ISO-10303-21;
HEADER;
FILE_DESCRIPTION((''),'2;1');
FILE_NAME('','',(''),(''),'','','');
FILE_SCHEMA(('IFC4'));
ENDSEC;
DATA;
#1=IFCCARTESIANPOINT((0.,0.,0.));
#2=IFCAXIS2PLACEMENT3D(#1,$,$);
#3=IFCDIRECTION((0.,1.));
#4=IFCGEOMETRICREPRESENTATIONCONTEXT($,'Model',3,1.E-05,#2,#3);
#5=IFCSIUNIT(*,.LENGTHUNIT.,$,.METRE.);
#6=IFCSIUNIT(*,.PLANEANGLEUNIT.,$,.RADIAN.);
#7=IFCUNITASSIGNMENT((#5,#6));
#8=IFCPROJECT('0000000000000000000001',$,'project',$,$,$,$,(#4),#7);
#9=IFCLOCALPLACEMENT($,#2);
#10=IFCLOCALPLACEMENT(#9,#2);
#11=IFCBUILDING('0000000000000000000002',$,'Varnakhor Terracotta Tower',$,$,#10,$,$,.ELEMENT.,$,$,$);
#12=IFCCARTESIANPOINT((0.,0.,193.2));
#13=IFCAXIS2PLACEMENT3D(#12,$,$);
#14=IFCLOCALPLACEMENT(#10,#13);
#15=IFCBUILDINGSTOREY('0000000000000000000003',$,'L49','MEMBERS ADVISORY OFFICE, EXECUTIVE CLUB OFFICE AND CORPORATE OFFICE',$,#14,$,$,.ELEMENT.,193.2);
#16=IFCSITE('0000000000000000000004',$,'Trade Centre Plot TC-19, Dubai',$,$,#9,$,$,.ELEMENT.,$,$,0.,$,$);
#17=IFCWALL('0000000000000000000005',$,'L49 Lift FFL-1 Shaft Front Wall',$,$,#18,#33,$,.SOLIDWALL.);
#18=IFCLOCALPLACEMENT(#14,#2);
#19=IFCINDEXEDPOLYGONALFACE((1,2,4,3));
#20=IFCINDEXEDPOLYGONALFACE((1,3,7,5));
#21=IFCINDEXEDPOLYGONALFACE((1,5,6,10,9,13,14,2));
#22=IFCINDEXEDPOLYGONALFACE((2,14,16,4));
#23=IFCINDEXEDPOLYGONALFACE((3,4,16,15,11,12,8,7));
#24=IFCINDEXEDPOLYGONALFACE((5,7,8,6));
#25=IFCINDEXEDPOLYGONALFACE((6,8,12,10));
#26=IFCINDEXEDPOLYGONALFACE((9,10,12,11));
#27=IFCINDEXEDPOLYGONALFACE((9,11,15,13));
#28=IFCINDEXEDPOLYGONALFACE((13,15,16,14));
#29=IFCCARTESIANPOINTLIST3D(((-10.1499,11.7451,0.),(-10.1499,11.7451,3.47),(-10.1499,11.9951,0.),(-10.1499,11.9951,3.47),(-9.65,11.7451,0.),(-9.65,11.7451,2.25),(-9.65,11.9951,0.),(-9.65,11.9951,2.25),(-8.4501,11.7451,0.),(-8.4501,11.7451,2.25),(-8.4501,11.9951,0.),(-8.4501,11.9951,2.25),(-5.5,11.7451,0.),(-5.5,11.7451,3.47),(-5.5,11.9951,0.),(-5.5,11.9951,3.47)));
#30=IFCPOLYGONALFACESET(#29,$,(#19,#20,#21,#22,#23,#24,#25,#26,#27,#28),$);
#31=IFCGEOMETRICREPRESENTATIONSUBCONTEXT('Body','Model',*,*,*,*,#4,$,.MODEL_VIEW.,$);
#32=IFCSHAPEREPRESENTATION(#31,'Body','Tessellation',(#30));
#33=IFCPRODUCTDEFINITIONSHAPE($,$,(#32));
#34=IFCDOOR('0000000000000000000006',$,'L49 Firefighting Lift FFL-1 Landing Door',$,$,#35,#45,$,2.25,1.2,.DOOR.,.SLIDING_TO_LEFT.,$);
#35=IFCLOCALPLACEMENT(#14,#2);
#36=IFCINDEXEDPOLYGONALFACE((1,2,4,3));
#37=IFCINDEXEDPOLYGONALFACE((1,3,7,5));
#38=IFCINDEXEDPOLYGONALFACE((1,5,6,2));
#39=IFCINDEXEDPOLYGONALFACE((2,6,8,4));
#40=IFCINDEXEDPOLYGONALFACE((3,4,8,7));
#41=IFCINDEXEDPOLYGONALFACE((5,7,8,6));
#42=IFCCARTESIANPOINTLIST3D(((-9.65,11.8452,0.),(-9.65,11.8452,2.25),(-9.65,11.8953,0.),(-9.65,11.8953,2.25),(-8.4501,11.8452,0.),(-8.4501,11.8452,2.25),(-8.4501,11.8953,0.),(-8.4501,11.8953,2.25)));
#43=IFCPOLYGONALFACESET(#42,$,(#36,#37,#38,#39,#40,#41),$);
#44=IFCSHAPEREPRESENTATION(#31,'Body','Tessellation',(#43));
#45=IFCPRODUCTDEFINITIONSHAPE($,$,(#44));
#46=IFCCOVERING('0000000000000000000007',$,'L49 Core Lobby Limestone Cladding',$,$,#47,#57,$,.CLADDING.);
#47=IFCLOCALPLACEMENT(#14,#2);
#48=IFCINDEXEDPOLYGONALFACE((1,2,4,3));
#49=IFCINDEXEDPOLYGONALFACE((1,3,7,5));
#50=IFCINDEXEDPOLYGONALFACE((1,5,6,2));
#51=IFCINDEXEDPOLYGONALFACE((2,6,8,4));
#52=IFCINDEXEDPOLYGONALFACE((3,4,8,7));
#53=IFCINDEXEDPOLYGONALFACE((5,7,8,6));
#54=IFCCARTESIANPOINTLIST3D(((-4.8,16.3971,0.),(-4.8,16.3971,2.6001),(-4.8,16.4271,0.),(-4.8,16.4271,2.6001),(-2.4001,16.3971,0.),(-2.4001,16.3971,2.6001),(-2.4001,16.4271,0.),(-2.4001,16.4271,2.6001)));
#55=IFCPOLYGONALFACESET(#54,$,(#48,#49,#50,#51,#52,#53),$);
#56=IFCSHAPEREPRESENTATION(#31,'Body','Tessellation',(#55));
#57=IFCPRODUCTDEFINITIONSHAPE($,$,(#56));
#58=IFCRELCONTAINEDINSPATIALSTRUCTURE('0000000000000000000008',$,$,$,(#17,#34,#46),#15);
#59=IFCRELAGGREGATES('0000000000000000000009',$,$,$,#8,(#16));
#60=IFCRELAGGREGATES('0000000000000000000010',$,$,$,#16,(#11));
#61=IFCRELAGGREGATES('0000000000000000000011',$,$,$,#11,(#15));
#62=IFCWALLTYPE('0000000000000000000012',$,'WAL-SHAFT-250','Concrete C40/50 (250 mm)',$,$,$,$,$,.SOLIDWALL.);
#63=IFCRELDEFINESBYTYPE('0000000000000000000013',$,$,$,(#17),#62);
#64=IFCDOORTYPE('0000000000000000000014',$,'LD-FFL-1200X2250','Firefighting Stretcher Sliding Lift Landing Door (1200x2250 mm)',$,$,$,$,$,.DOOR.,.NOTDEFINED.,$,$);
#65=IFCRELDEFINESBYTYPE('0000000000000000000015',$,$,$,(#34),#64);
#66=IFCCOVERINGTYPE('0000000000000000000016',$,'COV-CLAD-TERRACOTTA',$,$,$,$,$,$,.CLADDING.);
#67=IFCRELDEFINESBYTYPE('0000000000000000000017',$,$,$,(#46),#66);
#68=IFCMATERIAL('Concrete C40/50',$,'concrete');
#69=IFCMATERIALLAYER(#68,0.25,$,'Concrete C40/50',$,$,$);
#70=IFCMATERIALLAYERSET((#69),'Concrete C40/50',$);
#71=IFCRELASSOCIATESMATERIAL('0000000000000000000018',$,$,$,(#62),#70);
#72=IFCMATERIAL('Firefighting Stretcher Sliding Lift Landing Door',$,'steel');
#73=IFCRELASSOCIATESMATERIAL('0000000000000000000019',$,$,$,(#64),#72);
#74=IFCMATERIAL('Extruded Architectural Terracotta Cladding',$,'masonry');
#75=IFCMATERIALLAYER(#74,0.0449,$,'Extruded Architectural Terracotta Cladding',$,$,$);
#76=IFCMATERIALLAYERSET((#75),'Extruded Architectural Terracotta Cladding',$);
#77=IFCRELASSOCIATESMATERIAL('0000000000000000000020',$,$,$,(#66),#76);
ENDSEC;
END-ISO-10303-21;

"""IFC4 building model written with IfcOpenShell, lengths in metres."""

from ifc_helpers import new_model, si_unit, direction, frame, frame_2d, origin, origin_2d, place, context, subcontext, project, spatial, rectangle, extrude, source, transform, mapped, material, layer, layer_set, type_object, type_shapes, element, fill, save


model = new_model("IFC4")

# Units and contexts
model_context = context("Model", 3, precision=1e-05, world=origin(), true_north=direction((0.0, 1.0)))
body_context = subcontext(model_context, "Body", "Model", "MODEL_VIEW")
ifc_project = project(units=[si_unit("LENGTHUNIT", "METRE"), si_unit("PLANEANGLEUNIT", "RADIAN")], contexts=[model_context])

# Site, building, storey
site_placement = place(None, origin())
site = spatial("IfcSite", under=ifc_project, at=site_placement, Name="Trade Centre Plot TC-19, Dubai", CompositionType="ELEMENT", RefElevation=0.0)
building_placement = place(site_placement, origin())
building = spatial("IfcBuilding", under=site, at=building_placement, Name="Varnakhor Terracotta Tower", CompositionType="ELEMENT")
storey_placement = place(building_placement, frame((0.0, 0.0, 193.2)))
storey = spatial("IfcBuildingStorey", under=building, at=storey_placement, Name="L49", Description="MEMBERS ADVISORY OFFICE, EXECUTIVE CLUB OFFICE AND CORPORATE OFFICE", CompositionType="ELEMENT", Elevation=193.2)

# Shared definitions
ifc_material_1 = material(Name="Concrete C40/50", Category="concrete")

# Wall, opening, door
ifc_layer_1 = layer(ifc_material_1, 0.25, Name="Concrete C40/50")
ifc_layer_set_1 = layer_set([ifc_layer_1], Name="Concrete C40/50")
wall_type_1 = type_object("IfcWallType", Name="WAL-SHAFT-250", Description="Concrete C40/50 (250 mm)", PredefinedType="SOLIDWALL", material=ifc_layer_set_1)
wall_1_placement = place(storey_placement, frame((-5.5, 11.8701, 0.0), z_axis=(0.0, 0.0, 1.0), x_axis=(-1.0, 0.0, 0.0)))
wall_1 = element("IfcWall", 1, at=wall_1_placement, inside=storey, type_object=wall_type_1, Name="L49 Lift FFL-1 Shaft Front Wall", PredefinedType="SOLIDWALL", context=body_context, shape_type="SweptSolid", body=[
    extrude(rectangle(XDim=4.6499, YDim=0.25, at=frame_2d((2.325, 0.0))), origin(), (0.0, 0.0, 1.0), 3.47),
])
opening_1_placement = place(wall_1_placement, frame((2.95, 0.0, 0.0)))
opening_1 = element("IfcOpeningElement", 2, at=opening_1_placement, cuts=wall_1, PredefinedType="OPENING", context=body_context, shape_type="SweptSolid", body=[
    extrude(rectangle(XDim=1.2, YDim=2.25, at=frame_2d((0.6001, 1.125))), frame((0.0, 0.135, 0.0), z_axis=(0.0, -1.0, 0.0), x_axis=(1.0, 0.0, 0.0)), (0.0, 0.0, 1.0), 0.27),
])
ifc_material_2 = material(Name="Firefighting Stretcher Sliding Lift Landing Door", Category="steel")
door_type_1 = type_object("IfcDoorType", Name="LD-FFL-1200X2250", Description="Firefighting Stretcher Sliding Lift Landing Door (1200x2250 mm)", OperationType="NOTDEFINED", PredefinedType="DOOR", material=ifc_material_2)
shared_shape_1 = source(origin(), body_context, "Body", "SweptSolid", [
    extrude(rectangle(XDim=1.2, YDim=2.25, at=frame_2d((0.6001, 1.125))), frame((0.0, 0.0249, 0.0), z_axis=(0.0, -1.0, 0.0), x_axis=(1.0, 0.0, 0.0)), (0.0, 0.0, 1.0), 0.05),
])
type_shapes(door_type_1, [shared_shape_1])
door_1_placement = place(opening_1_placement, origin())
door_1 = element("IfcDoor", 3, at=door_1_placement, inside=storey, type_object=door_type_1, Name="L49 Firefighting Lift FFL-1 Landing Door", OperationType="SLIDING_TO_LEFT", OverallHeight=2.25, OverallWidth=1.2, PredefinedType="DOOR", context=body_context, shape_type="MappedRepresentation", body=[
    mapped(shared_shape_1, transform((0.0, 0.0, 0.0), scale=1.0)),
])
fill(opening_1, door_1)

# Covering
ifc_material_3 = material(Name="Extruded Architectural Terracotta Cladding", Category="masonry")
ifc_layer_2 = layer(ifc_material_3, 0.0449, Name="Extruded Architectural Terracotta Cladding")
ifc_layer_set_2 = layer_set([ifc_layer_2], Name="Extruded Architectural Terracotta Cladding")
covering_type = type_object("IfcCoveringType", Name="COV-CLAD-TERRACOTTA", PredefinedType="CLADDING", material=ifc_layer_set_2)
shared_shape_2 = source(origin(), body_context, "Body", "SweptSolid", [
    extrude(rectangle(XDim=2.3999, YDim=0.03, at=origin_2d()), origin(), (0.0, 0.0, 1.0), 2.6001),
])
type_shapes(covering_type, [shared_shape_2])
covering_placement = place(storey_placement, frame((-3.6001, 16.4121, 0.0), z_axis=(0.0, 0.0, 1.0), x_axis=(1.0, 0.0, 0.0)))
element("IfcCovering", 4, at=covering_placement, inside=storey, type_object=covering_type, Name="L49 Core Lobby Limestone Cladding", PredefinedType="CLADDING", context=body_context, shape_type="MappedRepresentation", body=[
    mapped(shared_shape_2, transform((0.0, 0.0, 0.0), scale=1.0)),
])

save(model, "model.ifc")
